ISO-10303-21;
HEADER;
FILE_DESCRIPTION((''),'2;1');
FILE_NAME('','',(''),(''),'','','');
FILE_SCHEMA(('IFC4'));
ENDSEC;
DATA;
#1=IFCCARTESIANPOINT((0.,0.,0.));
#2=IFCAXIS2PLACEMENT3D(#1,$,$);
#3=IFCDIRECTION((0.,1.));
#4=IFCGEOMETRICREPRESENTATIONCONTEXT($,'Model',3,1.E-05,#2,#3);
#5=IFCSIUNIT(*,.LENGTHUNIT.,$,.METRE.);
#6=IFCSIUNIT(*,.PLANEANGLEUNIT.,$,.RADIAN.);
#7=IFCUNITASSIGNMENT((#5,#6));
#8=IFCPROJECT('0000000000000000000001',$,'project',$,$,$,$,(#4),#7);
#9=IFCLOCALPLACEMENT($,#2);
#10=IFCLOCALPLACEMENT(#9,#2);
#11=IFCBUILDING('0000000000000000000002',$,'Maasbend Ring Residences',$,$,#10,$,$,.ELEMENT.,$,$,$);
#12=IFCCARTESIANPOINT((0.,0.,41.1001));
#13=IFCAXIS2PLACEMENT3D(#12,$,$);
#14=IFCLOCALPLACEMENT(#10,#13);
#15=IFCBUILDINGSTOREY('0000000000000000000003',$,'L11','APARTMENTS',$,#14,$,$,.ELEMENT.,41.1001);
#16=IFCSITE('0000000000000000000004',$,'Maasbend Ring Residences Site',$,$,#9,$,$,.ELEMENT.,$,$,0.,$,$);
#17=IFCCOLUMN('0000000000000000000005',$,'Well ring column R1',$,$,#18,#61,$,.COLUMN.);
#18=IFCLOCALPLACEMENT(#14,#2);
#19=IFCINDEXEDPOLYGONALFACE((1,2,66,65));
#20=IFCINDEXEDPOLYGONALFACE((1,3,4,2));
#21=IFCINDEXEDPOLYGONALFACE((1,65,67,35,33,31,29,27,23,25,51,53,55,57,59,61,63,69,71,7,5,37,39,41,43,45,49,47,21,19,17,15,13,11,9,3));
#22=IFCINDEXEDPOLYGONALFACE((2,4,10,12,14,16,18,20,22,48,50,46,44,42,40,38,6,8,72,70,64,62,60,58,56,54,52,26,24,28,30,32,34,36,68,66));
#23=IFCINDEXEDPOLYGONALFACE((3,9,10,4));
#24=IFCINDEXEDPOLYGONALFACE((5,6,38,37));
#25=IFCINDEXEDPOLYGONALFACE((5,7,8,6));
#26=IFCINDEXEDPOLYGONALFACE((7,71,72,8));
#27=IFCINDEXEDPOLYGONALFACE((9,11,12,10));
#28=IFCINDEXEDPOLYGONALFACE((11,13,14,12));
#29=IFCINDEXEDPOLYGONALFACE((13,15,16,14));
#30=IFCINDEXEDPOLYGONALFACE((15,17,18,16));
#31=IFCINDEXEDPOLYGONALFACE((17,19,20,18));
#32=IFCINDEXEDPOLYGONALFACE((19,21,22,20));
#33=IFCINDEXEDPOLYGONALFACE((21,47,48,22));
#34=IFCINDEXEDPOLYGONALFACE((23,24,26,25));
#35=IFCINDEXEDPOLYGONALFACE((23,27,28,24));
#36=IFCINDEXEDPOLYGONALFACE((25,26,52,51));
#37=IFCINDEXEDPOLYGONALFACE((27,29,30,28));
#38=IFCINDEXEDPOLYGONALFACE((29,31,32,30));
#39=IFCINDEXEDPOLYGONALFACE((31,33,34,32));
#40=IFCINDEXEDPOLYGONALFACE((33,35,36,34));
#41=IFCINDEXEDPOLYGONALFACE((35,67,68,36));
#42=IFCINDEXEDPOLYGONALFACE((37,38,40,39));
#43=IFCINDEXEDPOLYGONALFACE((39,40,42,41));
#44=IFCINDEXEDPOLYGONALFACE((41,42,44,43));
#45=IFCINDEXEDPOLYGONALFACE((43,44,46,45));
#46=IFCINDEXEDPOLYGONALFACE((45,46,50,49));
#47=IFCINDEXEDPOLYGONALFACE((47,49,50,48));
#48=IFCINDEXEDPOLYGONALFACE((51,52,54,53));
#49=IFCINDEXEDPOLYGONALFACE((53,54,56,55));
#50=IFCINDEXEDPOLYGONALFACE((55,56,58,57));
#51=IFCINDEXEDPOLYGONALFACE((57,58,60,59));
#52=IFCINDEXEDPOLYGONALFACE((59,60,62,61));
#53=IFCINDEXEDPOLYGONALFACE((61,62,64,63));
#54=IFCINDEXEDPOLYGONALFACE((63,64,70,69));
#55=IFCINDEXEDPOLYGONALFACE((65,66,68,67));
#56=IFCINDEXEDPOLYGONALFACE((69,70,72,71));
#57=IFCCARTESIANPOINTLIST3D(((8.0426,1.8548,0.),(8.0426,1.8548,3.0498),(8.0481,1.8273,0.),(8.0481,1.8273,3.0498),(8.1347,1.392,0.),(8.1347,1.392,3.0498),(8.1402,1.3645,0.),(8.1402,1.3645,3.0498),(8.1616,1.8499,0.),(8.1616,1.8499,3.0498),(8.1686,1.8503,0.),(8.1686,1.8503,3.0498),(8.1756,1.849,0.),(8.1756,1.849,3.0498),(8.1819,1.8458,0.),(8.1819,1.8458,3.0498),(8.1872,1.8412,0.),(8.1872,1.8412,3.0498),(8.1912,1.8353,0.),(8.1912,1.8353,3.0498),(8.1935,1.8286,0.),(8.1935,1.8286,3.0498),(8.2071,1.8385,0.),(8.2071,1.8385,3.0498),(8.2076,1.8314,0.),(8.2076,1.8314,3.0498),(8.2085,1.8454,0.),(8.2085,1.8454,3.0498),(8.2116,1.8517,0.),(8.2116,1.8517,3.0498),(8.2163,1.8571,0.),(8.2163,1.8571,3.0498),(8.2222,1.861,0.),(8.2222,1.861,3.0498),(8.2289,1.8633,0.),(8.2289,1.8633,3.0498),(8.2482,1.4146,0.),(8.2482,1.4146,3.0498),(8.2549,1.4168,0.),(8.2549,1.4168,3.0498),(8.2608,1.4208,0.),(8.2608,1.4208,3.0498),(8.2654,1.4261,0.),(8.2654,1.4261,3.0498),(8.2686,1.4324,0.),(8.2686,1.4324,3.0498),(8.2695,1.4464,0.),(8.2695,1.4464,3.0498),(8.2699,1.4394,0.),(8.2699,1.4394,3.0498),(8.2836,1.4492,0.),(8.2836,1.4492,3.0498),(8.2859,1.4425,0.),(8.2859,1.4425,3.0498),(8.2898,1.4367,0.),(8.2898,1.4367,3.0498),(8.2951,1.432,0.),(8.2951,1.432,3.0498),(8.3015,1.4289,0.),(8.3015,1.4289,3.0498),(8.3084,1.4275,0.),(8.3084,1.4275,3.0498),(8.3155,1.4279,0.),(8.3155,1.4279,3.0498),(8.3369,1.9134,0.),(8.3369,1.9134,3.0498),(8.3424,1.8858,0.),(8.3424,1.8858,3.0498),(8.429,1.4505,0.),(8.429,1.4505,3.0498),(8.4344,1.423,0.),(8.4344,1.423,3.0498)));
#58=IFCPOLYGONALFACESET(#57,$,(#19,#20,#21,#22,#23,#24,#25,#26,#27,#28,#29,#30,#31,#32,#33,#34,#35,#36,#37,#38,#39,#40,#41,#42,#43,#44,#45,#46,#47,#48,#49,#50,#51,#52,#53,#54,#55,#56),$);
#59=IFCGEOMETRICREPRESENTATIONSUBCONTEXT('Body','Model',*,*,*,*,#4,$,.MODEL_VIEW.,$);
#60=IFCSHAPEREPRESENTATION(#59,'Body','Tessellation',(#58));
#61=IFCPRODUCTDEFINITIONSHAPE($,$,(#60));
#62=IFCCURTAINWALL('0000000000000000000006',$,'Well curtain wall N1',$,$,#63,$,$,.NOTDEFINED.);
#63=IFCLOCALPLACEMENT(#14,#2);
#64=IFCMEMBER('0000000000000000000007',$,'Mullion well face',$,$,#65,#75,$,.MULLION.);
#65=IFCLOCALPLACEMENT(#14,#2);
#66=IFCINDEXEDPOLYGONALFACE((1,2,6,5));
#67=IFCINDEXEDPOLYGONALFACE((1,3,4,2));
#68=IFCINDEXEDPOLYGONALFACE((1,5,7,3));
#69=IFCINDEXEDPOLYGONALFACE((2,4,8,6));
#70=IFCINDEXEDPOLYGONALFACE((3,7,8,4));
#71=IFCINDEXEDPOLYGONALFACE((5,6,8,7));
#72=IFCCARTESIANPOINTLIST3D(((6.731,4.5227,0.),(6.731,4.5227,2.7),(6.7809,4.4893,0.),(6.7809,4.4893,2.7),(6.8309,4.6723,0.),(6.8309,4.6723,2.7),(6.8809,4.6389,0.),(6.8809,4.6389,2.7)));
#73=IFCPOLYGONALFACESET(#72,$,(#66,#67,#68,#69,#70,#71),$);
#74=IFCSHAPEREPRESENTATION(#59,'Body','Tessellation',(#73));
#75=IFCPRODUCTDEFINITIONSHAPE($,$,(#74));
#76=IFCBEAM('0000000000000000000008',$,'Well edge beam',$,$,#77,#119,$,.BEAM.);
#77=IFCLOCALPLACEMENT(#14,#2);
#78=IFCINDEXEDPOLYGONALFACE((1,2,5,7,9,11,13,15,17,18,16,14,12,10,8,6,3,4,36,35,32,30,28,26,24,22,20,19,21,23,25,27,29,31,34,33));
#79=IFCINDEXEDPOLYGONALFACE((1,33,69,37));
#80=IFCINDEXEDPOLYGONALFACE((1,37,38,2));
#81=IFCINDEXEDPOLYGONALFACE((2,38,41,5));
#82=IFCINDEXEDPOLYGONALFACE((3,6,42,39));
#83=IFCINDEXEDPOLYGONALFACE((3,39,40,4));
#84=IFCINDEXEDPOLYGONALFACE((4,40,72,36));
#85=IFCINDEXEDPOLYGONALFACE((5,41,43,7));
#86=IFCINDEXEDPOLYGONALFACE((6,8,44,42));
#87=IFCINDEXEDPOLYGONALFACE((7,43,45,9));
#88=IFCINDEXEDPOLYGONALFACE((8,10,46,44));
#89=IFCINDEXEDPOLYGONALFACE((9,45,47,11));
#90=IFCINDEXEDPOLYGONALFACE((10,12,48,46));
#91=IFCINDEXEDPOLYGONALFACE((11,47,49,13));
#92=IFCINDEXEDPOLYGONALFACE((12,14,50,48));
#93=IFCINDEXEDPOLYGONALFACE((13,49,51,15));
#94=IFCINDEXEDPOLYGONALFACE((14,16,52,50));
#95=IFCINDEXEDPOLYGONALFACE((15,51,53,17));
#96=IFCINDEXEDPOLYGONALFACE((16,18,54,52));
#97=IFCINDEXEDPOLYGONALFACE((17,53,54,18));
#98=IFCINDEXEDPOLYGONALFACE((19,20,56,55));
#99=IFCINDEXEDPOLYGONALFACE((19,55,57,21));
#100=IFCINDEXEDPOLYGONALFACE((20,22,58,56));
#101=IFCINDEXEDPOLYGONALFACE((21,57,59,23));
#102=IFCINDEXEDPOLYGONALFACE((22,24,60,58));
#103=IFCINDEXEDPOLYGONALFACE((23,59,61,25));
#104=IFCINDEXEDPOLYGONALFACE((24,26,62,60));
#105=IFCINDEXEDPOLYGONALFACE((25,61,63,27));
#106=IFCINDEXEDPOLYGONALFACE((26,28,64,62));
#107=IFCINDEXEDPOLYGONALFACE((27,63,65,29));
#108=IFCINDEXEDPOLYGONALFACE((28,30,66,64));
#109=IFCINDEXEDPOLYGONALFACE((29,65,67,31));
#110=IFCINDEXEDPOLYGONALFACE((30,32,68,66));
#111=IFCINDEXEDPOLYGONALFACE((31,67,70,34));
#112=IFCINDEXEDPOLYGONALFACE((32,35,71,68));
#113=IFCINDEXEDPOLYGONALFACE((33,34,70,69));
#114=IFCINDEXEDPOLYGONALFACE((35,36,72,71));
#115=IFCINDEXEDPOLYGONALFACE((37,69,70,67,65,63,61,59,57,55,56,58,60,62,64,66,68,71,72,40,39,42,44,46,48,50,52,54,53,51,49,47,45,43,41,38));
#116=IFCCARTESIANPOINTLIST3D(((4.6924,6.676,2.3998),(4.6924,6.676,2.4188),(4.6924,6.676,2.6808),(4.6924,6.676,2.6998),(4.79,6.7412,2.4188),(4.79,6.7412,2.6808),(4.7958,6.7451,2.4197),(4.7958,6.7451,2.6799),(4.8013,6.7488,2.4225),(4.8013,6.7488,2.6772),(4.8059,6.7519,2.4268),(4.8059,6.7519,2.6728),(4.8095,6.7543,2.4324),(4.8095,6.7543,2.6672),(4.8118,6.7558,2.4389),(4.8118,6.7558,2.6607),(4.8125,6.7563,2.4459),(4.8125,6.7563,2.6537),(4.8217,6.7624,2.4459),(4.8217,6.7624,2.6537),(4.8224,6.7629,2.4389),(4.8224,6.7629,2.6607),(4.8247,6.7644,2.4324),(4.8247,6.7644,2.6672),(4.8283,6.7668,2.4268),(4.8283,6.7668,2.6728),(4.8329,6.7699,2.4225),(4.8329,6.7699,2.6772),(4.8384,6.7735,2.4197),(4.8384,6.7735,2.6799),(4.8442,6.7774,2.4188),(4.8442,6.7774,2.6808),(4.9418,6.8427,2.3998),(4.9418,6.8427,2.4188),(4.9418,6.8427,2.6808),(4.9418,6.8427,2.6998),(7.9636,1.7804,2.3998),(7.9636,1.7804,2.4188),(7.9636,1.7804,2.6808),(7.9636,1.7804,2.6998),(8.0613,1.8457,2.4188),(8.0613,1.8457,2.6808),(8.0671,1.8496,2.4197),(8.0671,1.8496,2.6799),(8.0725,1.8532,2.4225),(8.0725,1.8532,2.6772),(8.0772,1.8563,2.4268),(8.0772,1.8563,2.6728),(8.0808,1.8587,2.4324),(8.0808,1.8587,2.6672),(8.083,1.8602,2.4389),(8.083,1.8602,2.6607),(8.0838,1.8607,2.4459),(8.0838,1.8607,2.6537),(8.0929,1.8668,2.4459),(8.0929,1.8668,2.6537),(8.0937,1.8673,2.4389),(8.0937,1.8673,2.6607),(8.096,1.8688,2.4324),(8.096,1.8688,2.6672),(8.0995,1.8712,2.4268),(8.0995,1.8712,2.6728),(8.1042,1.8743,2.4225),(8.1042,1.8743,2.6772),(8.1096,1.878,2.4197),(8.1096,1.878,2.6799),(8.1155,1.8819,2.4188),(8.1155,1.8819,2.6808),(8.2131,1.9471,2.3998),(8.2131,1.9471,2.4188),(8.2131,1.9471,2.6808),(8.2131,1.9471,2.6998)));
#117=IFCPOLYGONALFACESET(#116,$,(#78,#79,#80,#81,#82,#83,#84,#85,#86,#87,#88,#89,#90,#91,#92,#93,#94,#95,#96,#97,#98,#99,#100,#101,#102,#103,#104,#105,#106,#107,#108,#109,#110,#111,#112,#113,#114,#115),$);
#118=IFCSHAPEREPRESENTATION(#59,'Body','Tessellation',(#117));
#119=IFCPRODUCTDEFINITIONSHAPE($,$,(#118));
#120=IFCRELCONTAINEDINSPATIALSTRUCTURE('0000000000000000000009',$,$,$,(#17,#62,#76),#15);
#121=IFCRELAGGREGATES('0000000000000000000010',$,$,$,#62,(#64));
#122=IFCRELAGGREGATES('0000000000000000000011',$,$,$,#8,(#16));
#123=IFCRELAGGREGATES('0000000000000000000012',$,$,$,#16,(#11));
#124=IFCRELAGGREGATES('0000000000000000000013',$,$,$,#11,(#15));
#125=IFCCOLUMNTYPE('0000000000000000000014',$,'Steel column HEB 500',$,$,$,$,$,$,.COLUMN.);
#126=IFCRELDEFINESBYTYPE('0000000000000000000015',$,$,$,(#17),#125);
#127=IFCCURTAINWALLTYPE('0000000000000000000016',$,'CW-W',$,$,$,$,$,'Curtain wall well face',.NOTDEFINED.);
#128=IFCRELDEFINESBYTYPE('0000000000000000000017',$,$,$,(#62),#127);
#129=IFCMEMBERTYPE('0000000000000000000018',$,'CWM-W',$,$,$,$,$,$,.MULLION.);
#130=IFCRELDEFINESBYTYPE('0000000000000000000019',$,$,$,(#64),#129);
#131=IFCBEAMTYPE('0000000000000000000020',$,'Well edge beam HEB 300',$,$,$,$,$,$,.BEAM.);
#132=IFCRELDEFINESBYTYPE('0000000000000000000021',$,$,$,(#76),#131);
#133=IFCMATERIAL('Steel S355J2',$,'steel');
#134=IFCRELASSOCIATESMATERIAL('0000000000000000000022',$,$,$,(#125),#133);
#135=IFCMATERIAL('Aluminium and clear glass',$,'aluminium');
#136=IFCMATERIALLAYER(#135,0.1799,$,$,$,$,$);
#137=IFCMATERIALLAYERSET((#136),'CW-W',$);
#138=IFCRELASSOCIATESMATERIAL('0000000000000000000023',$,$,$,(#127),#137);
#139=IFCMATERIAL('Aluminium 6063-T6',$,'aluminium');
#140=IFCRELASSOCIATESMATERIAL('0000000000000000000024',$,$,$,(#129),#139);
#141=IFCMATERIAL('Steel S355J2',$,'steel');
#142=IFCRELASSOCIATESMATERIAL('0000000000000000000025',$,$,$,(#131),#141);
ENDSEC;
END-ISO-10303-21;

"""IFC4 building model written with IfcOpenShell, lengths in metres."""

from ifc_helpers import new_model, si_unit, direction, frame, origin, origin_2d, place, context, subcontext, project, spatial, rectangle, i_section, extrude, material, layer, layer_set, material_profile, profile_set, type_object, element, aggregate, save


model = new_model("IFC4")

# Units and contexts
model_context = context("Model", 3, precision=1e-05, world=origin(), true_north=direction((0.0, 1.0)))
body_context = subcontext(model_context, "Body", "Model", "MODEL_VIEW")
ifc_project = project(units=[si_unit("LENGTHUNIT", "METRE"), si_unit("PLANEANGLEUNIT", "RADIAN")], contexts=[model_context])

# Site, building, storey
site_placement = place(None, origin())
site = spatial("IfcSite", under=ifc_project, at=site_placement, Name="Maasbend Ring Residences Site", CompositionType="ELEMENT", RefElevation=0.0)
building_placement = place(site_placement, origin())
building = spatial("IfcBuilding", under=site, at=building_placement, Name="Maasbend Ring Residences", CompositionType="ELEMENT")
storey_placement = place(building_placement, frame((0.0, 0.0, 41.1001)))
storey = spatial("IfcBuildingStorey", under=building, at=storey_placement, Name="L11", Description="APARTMENTS", CompositionType="ELEMENT", Elevation=41.1001)

# Column
ifc_material_1 = material(Name="Steel S355J2", Category="steel")
ifc_material_profile_1 = material_profile(ifc_material_1, i_section(OverallWidth=0.3, OverallDepth=0.5, WebThickness=0.0144, FlangeThickness=0.0281, FilletRadius=0.0271, at=origin_2d()), Name="HEB 500")
ifc_profile_set_1 = profile_set([ifc_material_profile_1], Name="Steel S355J2")
column_type = type_object("IfcColumnType", Name="Steel column HEB 500", PredefinedType="COLUMN", material=ifc_profile_set_1)
column_placement = place(storey_placement, frame((8.2385, 1.6389, 0.0), z_axis=(0.0, 0.0, 1.0), x_axis=(0.980785, 0.19509, 0.0)))
element("IfcColumn", 1, at=column_placement, inside=storey, type_object=column_type, Name="Well ring column R1", PredefinedType="COLUMN", context=body_context, shape_type="SweptSolid", body=[
    extrude(i_section(OverallWidth=0.3, OverallDepth=0.5, WebThickness=0.0144, FlangeThickness=0.0281, FilletRadius=0.0271, at=origin_2d()), origin(), (0.0, 0.0, 1.0), 3.0498),
])

# Curtain wall, member
ifc_material_2 = material(Name="Aluminium and clear glass", Category="aluminium")
ifc_layer_1 = layer(ifc_material_2, 0.1799)
ifc_layer_set_1 = layer_set([ifc_layer_1], Name="CW-W")
curtain_wall_type = type_object("IfcCurtainWallType", Name="CW-W", ElementType="Curtain wall well face", PredefinedType="NOTDEFINED", material=ifc_layer_set_1)
curtain_wall_placement = place(storey_placement, origin())
curtain_wall = element("IfcCurtainWall", 2, at=curtain_wall_placement, inside=storey, type_object=curtain_wall_type, Name="Well curtain wall N1", PredefinedType="NOTDEFINED")
ifc_material_3 = material(Name="Aluminium 6063-T6", Category="aluminium")
ifc_material_profile_2 = material_profile(ifc_material_3, rectangle(XDim=0.1799, YDim=0.0601, at=origin_2d()), Name="AL 180x60")
ifc_profile_set_2 = profile_set([ifc_material_profile_2], Name="Aluminium 6063-T6")
member_type = type_object("IfcMemberType", Name="CWM-W", PredefinedType="MULLION", material=ifc_profile_set_2)
member_placement = place(storey_placement, frame((6.8059, 4.5808, 0.0), z_axis=(0.0, 0.0, 1.0), x_axis=(-0.55557, -0.83147, 0.0)))
member = element("IfcMember", 3, at=member_placement, type_object=member_type, Name="Mullion well face", PredefinedType="MULLION", context=body_context, shape_type="SweptSolid", body=[
    extrude(rectangle(XDim=0.1799, YDim=0.0601, at=origin_2d()), origin(), (0.0, 0.0, 1.0), 2.7),
])
aggregate(curtain_wall, [member])

# Beam
ifc_material_4 = material(Name="Steel S355J2", Category="steel")
ifc_material_profile_3 = material_profile(ifc_material_4, i_section(OverallWidth=0.3, OverallDepth=0.3, WebThickness=0.011, FlangeThickness=0.019, FilletRadius=0.0271, at=origin_2d()), Name="HEB 300")
ifc_profile_set_3 = profile_set([ifc_material_profile_3], Name="Steel S355J2")
beam_type = type_object("IfcBeamType", Name="Well edge beam HEB 300", PredefinedType="BEAM", material=ifc_profile_set_3)
beam_placement = place(storey_placement, frame((8.0884, 1.8638, 2.5498), z_axis=(-0.55559, 0.831457, 0.0), x_axis=(-0.831457, -0.55559, 0.0)))
element("IfcBeam", 4, at=beam_placement, inside=storey, type_object=beam_type, Name="Well edge beam", PredefinedType="BEAM", context=body_context, shape_type="SweptSolid", body=[
    extrude(i_section(OverallWidth=0.3, OverallDepth=0.3, WebThickness=0.011, FlangeThickness=0.019, FilletRadius=0.0271, at=origin_2d()), origin(), (0.0, 0.0, 1.0), 5.8879),
])

save(model, "model.ifc")
